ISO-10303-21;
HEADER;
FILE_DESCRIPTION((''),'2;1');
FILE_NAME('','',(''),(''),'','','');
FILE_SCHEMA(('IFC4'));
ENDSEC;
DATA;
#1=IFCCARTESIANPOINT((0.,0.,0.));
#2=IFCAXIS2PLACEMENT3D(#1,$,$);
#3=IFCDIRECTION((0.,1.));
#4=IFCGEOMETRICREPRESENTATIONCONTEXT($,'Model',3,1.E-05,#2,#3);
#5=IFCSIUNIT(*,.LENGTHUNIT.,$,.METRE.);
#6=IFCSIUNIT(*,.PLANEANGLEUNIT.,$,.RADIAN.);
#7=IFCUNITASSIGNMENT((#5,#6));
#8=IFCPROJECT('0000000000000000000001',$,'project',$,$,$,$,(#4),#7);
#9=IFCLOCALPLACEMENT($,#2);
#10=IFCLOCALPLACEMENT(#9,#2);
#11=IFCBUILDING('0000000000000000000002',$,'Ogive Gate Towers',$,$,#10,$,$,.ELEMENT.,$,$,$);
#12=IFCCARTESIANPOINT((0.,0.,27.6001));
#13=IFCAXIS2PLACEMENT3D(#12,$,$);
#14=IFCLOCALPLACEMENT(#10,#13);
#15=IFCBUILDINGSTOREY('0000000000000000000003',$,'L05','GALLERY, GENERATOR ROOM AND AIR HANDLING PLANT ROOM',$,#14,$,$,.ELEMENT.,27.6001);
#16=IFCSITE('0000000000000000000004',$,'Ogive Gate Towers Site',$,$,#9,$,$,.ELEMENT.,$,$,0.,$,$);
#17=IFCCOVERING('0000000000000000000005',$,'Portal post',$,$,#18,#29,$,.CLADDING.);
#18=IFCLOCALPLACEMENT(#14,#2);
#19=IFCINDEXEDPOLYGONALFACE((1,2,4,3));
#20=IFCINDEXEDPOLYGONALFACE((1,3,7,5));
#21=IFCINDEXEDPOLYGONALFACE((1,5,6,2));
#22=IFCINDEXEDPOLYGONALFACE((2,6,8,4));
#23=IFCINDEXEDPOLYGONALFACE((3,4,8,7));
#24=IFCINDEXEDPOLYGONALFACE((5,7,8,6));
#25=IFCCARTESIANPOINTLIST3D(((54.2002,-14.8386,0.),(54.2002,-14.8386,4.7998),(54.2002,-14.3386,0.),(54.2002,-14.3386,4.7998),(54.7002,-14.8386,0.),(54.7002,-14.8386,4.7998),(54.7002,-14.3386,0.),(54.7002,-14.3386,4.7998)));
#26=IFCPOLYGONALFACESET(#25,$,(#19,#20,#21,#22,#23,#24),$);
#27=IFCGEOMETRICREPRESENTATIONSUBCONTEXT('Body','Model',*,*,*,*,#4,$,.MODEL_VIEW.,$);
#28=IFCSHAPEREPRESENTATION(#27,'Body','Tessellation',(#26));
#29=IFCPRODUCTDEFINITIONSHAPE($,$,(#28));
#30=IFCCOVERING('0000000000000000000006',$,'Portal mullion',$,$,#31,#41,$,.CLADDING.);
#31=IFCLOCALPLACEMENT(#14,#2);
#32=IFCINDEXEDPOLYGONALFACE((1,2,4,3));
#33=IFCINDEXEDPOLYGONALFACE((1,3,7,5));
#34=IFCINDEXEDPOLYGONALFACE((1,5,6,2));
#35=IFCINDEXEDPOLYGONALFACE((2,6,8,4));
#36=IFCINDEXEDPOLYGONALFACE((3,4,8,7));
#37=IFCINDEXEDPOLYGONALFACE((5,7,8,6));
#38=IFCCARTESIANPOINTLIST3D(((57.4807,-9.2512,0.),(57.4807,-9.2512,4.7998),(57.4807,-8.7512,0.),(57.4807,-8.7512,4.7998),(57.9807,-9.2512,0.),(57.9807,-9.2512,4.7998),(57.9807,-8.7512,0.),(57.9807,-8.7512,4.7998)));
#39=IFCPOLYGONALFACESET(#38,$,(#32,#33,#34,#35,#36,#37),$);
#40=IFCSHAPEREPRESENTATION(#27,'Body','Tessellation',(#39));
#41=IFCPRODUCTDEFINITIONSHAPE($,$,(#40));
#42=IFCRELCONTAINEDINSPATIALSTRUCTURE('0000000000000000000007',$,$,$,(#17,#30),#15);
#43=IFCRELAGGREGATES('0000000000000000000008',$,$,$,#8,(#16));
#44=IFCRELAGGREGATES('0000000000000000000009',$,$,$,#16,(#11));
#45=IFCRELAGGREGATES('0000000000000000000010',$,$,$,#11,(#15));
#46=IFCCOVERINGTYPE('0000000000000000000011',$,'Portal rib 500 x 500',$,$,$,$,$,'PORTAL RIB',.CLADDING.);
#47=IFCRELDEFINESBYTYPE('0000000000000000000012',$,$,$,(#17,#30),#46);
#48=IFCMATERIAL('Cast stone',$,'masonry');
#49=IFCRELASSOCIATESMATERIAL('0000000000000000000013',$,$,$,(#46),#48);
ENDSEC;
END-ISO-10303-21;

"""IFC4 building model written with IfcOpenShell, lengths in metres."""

from ifc_helpers import new_model, si_unit, direction, frame, origin, origin_2d, place, context, subcontext, project, spatial, rectangle, extrude, material, material_profile, profile_set, type_object, element, save


model = new_model("IFC4")

# Units and contexts
model_context = context("Model", 3, precision=1e-05, world=origin(), true_north=direction((0.0, 1.0)))
body_context = subcontext(model_context, "Body", "Model", "MODEL_VIEW")
ifc_project = project(units=[si_unit("LENGTHUNIT", "METRE"), si_unit("PLANEANGLEUNIT", "RADIAN")], contexts=[model_context])

# Site, building, storey
site_placement = place(None, origin())
site = spatial("IfcSite", under=ifc_project, at=site_placement, Name="Ogive Gate Towers Site", CompositionType="ELEMENT", RefElevation=0.0)
building_placement = place(site_placement, origin())
building = spatial("IfcBuilding", under=site, at=building_placement, Name="Ogive Gate Towers", CompositionType="ELEMENT")
storey_placement = place(building_placement, frame((0.0, 0.0, 27.6001)))
storey = spatial("IfcBuildingStorey", under=building, at=storey_placement, Name="L05", Description="GALLERY, GENERATOR ROOM AND AIR HANDLING PLANT ROOM", CompositionType="ELEMENT", Elevation=27.6001)

# Coverings
ifc_material_1 = material(Name="Cast stone", Category="masonry")
ifc_material_profile_1 = material_profile(ifc_material_1, rectangle(XDim=0.5, YDim=0.5, at=origin_2d()), Name="500 x 500 cast stone")
ifc_profile_set_1 = profile_set([ifc_material_profile_1], Name="Cast stone")
covering_type = type_object("IfcCoveringType", Name="Portal rib 500 x 500", ElementType="PORTAL RIB", PredefinedType="CLADDING", material=ifc_profile_set_1)
for number, where, z_axis, x_axis, name in (
    (1, (54.4502, -14.5886, 0.0), (0.0, 0.0, 1.0), (1.0, 0.0, 0.0), "Portal post"),
    (2, (57.7307, -9.0012, 0.0), (0.0, 0.0, 1.0), (1.0, 0.0, 0.0), "Portal mullion"),
):
    element("IfcCovering", number, at=place(storey_placement, frame(where, z_axis=z_axis, x_axis=x_axis)), inside=storey, type_object=covering_type, Name=name, PredefinedType="CLADDING", context=body_context, shape_type="SweptSolid", body=[
        extrude(rectangle(XDim=0.5, YDim=0.5, at=origin_2d()), origin(), (0.0, 0.0, 1.0), 4.7998),
    ])

save(model, "model.ifc")
